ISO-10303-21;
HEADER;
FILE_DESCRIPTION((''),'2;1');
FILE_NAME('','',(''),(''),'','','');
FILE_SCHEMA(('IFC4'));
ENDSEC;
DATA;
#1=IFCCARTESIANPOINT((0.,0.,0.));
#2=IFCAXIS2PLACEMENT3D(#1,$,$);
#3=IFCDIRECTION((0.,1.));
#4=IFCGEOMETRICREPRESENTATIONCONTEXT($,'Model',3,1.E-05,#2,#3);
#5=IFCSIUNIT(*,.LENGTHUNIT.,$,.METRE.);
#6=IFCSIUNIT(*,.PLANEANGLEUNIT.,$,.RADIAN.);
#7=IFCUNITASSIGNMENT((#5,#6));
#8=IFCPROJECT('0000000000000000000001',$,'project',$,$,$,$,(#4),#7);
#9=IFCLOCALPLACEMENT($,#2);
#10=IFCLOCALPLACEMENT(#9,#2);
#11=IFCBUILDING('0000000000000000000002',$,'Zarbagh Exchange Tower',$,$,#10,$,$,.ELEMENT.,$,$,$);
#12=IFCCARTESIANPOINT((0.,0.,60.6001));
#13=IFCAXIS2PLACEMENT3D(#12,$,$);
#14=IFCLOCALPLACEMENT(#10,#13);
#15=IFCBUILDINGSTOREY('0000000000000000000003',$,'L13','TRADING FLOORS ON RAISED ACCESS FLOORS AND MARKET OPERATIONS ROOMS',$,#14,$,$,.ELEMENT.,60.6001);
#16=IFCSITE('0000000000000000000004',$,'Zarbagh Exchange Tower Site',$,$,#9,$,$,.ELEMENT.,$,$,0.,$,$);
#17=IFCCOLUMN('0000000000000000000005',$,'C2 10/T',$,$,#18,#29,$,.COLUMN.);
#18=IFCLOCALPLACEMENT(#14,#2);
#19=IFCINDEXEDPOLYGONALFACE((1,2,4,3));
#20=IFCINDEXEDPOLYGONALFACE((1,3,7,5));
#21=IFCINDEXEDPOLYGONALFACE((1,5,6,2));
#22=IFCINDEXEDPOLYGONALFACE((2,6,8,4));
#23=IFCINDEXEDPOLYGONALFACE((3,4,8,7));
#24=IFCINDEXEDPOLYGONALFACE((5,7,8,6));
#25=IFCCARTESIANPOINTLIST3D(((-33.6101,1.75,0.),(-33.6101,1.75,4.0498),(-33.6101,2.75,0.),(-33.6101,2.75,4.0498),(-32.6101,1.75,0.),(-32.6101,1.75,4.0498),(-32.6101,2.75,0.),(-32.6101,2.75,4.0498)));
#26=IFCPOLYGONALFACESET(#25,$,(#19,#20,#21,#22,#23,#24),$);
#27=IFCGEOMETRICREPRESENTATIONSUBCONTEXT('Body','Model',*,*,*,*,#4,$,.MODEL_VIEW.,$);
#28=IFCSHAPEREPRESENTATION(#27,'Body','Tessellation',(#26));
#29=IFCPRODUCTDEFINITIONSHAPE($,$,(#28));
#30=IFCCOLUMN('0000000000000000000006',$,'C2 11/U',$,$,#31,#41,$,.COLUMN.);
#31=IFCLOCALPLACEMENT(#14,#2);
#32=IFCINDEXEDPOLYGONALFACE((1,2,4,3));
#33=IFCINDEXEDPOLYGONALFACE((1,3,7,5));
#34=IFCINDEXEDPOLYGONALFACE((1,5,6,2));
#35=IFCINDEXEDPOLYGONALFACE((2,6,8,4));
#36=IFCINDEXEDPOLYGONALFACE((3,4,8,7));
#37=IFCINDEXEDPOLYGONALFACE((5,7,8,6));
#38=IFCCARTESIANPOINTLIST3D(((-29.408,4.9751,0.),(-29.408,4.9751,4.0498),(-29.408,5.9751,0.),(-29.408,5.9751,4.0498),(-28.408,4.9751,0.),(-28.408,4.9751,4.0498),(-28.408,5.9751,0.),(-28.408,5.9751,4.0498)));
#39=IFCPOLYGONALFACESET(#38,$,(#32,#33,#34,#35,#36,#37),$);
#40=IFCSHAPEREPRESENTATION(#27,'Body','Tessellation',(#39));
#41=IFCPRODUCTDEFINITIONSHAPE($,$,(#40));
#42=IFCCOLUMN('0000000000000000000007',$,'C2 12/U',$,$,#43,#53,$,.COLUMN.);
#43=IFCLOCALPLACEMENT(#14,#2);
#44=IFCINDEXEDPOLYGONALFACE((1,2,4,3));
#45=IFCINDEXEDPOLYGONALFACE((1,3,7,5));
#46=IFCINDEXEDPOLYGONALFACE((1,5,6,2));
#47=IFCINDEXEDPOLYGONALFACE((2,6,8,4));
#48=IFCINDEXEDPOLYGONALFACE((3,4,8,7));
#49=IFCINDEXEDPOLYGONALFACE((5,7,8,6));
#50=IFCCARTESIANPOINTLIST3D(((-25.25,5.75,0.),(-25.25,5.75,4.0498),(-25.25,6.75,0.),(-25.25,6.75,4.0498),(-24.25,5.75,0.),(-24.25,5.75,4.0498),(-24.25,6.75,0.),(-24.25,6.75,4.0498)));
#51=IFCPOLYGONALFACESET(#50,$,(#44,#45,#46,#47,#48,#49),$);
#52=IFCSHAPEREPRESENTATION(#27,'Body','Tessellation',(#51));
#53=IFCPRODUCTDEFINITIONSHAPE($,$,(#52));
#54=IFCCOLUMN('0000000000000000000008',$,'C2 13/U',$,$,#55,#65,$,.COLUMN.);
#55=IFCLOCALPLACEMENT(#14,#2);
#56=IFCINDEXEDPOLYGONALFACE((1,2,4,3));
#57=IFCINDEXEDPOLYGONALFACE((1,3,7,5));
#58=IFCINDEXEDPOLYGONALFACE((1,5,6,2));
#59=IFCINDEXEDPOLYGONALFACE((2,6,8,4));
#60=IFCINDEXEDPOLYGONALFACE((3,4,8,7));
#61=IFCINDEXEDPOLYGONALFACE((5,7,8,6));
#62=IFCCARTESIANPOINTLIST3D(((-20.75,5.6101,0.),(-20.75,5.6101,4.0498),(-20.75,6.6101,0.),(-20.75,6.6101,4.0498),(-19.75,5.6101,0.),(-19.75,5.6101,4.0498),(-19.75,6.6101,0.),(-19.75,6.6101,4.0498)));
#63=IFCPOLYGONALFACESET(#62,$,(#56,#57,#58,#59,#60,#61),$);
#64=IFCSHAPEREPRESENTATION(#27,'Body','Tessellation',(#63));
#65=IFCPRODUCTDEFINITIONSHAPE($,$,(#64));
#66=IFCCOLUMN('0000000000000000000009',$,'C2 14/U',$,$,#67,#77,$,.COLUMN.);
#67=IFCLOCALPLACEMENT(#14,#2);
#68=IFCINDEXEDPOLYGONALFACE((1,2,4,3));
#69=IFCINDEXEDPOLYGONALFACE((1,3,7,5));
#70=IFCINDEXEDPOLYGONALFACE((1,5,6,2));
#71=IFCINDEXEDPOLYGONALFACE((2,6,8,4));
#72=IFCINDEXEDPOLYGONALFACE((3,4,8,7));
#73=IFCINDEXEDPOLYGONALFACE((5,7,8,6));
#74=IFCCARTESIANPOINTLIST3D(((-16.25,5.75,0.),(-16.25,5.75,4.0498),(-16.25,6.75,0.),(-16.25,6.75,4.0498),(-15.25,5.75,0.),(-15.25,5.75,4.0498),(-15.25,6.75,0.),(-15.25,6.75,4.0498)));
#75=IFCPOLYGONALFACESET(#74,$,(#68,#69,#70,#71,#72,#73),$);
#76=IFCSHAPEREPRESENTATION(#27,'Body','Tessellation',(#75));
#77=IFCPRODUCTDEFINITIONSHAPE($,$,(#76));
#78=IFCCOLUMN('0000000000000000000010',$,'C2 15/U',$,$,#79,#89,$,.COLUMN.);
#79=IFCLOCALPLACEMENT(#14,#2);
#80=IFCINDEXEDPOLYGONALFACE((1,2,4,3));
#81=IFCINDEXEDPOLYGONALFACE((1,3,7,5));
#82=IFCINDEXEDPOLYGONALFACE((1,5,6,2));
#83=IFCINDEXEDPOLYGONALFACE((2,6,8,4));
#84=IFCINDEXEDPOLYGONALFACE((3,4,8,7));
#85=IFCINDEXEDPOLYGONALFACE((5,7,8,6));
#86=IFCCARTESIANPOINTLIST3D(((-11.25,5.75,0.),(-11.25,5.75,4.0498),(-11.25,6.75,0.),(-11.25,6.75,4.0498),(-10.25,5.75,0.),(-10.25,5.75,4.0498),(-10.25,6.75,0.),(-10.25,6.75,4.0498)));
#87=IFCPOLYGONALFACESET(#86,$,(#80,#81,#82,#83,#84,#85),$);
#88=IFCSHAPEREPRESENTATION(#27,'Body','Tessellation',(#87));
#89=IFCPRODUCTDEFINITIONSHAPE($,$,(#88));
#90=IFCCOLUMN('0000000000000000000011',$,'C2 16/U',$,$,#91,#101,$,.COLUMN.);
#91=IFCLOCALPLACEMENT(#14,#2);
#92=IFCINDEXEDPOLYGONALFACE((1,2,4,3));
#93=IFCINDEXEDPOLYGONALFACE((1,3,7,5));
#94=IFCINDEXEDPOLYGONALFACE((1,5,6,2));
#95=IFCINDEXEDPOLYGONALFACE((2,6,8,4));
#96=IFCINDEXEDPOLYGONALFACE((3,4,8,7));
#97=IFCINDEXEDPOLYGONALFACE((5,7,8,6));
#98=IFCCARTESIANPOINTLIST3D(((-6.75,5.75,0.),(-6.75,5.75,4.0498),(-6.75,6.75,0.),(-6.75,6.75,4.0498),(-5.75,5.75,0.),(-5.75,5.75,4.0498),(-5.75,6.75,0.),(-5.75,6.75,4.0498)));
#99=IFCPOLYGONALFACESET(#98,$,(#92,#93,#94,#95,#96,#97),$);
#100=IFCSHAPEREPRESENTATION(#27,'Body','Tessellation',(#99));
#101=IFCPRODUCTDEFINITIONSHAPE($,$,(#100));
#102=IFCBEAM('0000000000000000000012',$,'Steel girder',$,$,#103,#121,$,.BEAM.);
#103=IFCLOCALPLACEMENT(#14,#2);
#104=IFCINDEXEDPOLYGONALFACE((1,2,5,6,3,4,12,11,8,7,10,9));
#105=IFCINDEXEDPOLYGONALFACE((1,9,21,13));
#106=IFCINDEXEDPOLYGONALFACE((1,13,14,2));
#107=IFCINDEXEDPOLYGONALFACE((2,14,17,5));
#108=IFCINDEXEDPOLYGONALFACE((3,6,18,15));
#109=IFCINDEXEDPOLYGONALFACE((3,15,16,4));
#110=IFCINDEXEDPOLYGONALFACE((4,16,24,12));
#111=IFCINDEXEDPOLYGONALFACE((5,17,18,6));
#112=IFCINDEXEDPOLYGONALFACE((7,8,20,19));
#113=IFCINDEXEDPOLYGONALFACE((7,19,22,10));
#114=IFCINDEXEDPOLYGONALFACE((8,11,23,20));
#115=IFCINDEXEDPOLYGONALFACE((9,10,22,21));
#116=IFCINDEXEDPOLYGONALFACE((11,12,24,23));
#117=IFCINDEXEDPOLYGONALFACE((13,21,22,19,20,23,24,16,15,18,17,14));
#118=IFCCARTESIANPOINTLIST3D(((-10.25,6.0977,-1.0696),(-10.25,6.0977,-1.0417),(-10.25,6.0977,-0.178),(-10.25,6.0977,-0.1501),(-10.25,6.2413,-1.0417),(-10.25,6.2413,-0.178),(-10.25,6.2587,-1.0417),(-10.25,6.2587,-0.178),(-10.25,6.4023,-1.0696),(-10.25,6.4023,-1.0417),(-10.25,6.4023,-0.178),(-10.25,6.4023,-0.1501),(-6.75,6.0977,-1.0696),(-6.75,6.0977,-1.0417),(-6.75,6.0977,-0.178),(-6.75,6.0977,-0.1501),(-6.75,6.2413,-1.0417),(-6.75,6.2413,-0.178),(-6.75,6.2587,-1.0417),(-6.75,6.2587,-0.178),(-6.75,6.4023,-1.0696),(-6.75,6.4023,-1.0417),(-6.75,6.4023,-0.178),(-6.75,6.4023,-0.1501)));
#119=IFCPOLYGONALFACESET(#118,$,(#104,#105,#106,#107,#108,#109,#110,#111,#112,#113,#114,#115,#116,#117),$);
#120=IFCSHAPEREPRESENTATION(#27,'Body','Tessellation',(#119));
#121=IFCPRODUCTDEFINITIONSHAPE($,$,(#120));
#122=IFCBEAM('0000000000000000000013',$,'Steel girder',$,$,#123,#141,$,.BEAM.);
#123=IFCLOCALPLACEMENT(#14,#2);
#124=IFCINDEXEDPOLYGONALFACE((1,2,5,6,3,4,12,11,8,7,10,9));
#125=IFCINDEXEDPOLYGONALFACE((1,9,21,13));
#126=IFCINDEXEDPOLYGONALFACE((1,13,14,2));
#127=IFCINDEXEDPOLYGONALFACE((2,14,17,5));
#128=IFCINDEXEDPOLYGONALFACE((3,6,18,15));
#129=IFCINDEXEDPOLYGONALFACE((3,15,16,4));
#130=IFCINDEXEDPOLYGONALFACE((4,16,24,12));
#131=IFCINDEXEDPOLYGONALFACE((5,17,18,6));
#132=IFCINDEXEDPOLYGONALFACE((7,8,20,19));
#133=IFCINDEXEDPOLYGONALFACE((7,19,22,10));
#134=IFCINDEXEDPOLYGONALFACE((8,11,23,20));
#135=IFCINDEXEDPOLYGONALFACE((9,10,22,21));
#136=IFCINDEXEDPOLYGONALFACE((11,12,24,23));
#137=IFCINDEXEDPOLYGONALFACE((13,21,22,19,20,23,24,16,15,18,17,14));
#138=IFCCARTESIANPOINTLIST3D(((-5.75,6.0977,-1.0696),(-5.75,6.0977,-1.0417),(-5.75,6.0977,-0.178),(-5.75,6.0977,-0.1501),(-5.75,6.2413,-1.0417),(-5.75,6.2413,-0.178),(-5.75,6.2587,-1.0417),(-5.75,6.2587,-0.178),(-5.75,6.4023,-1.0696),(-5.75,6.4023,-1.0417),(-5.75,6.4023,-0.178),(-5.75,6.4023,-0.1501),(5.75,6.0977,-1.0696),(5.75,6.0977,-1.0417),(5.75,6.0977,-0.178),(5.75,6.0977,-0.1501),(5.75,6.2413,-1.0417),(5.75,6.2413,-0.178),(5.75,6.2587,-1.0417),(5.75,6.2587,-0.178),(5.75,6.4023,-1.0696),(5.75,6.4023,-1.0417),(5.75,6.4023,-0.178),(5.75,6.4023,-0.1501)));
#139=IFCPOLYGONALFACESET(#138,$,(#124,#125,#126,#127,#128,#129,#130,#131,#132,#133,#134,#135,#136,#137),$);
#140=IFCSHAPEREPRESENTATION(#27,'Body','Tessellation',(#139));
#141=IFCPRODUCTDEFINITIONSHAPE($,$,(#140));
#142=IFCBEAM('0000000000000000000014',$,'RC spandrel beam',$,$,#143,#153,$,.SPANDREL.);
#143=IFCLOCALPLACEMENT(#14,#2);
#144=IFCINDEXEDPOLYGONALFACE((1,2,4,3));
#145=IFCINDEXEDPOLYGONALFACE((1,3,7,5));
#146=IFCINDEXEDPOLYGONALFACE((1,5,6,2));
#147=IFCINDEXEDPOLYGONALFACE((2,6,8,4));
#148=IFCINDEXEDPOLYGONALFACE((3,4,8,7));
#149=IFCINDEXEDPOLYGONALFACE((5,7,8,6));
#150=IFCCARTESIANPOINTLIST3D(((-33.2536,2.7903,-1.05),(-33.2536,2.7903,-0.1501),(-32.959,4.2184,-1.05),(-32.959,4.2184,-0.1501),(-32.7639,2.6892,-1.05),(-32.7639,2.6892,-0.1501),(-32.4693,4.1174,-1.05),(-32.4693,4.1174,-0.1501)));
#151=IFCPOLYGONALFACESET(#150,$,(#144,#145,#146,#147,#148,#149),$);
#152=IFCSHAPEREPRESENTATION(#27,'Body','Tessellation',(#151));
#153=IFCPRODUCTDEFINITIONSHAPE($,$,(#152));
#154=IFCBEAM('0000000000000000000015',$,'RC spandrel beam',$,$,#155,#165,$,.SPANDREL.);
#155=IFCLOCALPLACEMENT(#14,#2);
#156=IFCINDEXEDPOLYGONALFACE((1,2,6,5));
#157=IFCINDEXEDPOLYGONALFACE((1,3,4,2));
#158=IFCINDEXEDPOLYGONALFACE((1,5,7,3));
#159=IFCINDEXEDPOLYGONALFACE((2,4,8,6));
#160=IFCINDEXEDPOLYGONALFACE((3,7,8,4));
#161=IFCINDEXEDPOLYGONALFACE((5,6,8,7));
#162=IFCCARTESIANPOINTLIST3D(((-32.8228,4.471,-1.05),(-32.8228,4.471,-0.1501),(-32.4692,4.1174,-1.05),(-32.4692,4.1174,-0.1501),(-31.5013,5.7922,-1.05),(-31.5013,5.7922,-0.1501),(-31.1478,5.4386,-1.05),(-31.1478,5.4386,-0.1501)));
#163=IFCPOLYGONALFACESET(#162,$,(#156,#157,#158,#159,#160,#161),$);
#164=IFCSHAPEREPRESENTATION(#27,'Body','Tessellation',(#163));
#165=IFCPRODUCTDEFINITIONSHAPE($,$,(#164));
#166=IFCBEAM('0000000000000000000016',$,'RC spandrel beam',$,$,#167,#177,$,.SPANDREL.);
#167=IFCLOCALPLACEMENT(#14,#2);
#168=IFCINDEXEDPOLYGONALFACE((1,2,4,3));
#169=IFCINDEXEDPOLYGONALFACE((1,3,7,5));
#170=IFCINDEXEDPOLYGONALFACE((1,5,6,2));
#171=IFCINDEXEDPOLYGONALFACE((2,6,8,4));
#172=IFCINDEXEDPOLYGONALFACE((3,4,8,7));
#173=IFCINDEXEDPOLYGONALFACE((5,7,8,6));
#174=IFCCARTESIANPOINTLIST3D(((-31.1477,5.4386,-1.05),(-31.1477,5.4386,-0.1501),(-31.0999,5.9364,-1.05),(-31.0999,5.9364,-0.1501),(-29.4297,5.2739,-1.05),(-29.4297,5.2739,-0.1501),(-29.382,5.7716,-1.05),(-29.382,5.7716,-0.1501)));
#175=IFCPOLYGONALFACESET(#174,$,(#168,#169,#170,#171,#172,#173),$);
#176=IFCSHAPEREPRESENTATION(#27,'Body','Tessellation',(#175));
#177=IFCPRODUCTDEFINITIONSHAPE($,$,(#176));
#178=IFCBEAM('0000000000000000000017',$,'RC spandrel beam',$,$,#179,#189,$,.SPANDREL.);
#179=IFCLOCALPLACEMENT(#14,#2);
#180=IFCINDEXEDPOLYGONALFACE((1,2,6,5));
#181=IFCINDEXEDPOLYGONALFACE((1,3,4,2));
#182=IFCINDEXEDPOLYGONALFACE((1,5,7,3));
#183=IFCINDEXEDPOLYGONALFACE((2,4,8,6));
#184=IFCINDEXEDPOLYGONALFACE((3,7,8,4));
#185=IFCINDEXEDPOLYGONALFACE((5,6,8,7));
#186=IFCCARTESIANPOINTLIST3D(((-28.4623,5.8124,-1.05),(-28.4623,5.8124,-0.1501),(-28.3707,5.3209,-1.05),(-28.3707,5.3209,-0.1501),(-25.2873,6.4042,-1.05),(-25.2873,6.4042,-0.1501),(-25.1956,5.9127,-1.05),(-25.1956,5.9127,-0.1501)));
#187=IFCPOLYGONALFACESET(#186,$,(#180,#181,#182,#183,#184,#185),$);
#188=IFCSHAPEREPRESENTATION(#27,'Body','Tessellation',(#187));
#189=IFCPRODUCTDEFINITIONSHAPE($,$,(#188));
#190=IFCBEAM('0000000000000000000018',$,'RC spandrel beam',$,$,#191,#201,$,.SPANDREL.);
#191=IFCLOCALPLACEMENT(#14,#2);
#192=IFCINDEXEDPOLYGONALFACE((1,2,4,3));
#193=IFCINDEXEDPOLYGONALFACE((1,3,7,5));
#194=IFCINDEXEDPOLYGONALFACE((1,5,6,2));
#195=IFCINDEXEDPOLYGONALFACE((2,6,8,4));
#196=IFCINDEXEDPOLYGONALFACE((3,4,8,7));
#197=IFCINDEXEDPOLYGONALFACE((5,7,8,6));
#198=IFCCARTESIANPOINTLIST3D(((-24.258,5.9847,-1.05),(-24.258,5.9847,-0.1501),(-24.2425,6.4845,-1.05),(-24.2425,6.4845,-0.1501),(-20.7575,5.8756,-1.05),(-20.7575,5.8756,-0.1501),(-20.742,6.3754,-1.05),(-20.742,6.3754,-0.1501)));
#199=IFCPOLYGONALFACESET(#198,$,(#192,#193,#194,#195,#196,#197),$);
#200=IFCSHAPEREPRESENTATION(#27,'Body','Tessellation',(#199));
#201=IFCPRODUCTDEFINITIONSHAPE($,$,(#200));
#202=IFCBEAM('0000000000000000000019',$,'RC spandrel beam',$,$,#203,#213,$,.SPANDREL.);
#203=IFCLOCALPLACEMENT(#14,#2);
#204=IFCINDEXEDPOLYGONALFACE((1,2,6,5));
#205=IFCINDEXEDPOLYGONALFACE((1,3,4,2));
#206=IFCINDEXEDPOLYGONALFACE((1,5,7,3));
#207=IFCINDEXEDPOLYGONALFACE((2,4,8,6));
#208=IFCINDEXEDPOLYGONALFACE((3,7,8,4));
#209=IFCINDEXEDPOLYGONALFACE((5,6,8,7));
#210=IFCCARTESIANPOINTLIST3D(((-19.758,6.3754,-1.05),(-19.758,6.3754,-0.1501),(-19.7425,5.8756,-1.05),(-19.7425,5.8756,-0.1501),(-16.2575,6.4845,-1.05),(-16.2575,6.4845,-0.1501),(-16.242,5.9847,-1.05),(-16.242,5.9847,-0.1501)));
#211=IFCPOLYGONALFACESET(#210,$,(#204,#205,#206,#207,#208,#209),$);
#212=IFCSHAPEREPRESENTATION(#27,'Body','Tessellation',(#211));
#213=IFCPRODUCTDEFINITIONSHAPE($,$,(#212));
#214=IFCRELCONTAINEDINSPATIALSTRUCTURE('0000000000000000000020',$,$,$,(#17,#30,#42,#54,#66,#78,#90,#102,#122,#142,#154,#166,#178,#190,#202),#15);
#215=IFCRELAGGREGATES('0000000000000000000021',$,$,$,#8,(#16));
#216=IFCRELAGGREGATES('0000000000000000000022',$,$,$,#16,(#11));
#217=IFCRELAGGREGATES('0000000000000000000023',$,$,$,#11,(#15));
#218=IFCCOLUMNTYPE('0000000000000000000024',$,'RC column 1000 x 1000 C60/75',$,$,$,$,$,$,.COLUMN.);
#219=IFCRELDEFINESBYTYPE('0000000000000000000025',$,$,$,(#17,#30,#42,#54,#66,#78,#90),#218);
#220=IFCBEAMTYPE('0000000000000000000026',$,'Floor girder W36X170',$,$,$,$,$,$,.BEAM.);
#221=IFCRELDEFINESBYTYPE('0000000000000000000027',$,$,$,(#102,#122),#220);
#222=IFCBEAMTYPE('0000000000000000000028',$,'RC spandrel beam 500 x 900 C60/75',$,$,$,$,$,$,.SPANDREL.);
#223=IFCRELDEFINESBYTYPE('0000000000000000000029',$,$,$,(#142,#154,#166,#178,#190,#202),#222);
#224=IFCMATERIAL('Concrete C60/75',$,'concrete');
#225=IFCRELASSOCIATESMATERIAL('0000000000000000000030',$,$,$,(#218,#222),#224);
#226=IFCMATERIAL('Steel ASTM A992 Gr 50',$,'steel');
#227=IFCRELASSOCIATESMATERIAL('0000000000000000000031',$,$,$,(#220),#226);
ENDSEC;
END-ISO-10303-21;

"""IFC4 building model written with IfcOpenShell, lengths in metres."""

from ifc_helpers import new_model, si_unit, direction, frame, origin, origin_2d, place, context, subcontext, project, spatial, rectangle, i_section, extrude, material, material_profile, profile_set, type_object, element, save


model = new_model("IFC4")

# Units and contexts
model_context = context("Model", 3, precision=1e-05, world=origin(), true_north=direction((0.0, 1.0)))
body_context = subcontext(model_context, "Body", "Model", "MODEL_VIEW")
ifc_project = project(units=[si_unit("LENGTHUNIT", "METRE"), si_unit("PLANEANGLEUNIT", "RADIAN")], contexts=[model_context])

# Site, building, storey
site_placement = place(None, origin())
site = spatial("IfcSite", under=ifc_project, at=site_placement, Name="Zarbagh Exchange Tower Site", CompositionType="ELEMENT", RefElevation=0.0)
building_placement = place(site_placement, origin())
building = spatial("IfcBuilding", under=site, at=building_placement, Name="Zarbagh Exchange Tower", CompositionType="ELEMENT")
storey_placement = place(building_placement, frame((0.0, 0.0, 60.6001)))
storey = spatial("IfcBuildingStorey", under=building, at=storey_placement, Name="L13", Description="TRADING FLOORS ON RAISED ACCESS FLOORS AND MARKET OPERATIONS ROOMS", CompositionType="ELEMENT", Elevation=60.6001)

# Columns
ifc_material_1 = material(Name="Concrete C60/75", Category="concrete")
ifc_material_profile_1 = material_profile(ifc_material_1, rectangle(XDim=1.0, YDim=1.0, at=origin_2d()), Name="RC column 1000 x 1000 C60/75")
ifc_profile_set_1 = profile_set([ifc_material_profile_1], Name="Concrete C60/75")
column_type = type_object("IfcColumnType", Name="RC column 1000 x 1000 C60/75", PredefinedType="COLUMN", material=ifc_profile_set_1)
for number, where, z_axis, x_axis, name in (
    (1, (-33.1101, 2.25, 0.0), (0.0, 0.0, 1.0), (1.0, 0.0, 0.0), "C2 10/T"),
    (2, (-28.908, 5.4751, 0.0), (0.0, 0.0, 1.0), (1.0, 0.0, 0.0), "C2 11/U"),
    (3, (-24.75, 6.25, 0.0), (0.0, 0.0, 1.0), (1.0, 0.0, 0.0), "C2 12/U"),
    (4, (-20.25, 6.1101, 0.0), (0.0, 0.0, 1.0), (1.0, 0.0, 0.0), "C2 13/U"),
    (5, (-15.75, 6.25, 0.0), (0.0, 0.0, 1.0), (1.0, 0.0, 0.0), "C2 14/U"),
    (6, (-10.75, 6.25, 0.0), (0.0, 0.0, 1.0), (1.0, 0.0, 0.0), "C2 15/U"),
    (7, (-6.25, 6.25, 0.0), (0.0, 0.0, 1.0), (1.0, 0.0, 0.0), "C2 16/U"),
):
    element("IfcColumn", number, at=place(storey_placement, frame(where, z_axis=z_axis, x_axis=x_axis)), inside=storey, type_object=column_type, Name=name, PredefinedType="COLUMN", context=body_context, shape_type="SweptSolid", body=[
        extrude(rectangle(XDim=1.0, YDim=1.0, at=origin_2d()), origin(), (0.0, 0.0, 1.0), 4.0498),
    ])

# Beams
ifc_material_2 = material(Name="Steel ASTM A992 Gr 50", Category="steel")
ifc_material_profile_2 = material_profile(ifc_material_2, i_section(OverallWidth=0.3047, OverallDepth=0.9194, WebThickness=0.0173, FlangeThickness=0.0278, at=origin_2d()), Name="W36X170")
ifc_profile_set_2 = profile_set([ifc_material_profile_2], Name="Steel ASTM A992 Gr 50")
beam_type_1 = type_object("IfcBeamType", Name="Floor girder W36X170", PredefinedType="BEAM", material=ifc_profile_set_2)
beam_1_placement = place(storey_placement, frame((-10.25, 6.25, -0.6099), z_axis=(1.0, 0.0, 0.0), x_axis=(0.0, 1.0, 0.0)))
element("IfcBeam", 8, at=beam_1_placement, inside=storey, type_object=beam_type_1, Name="Steel girder", PredefinedType="BEAM", context=body_context, shape_type="SweptSolid", body=[
    extrude(i_section(OverallWidth=0.3047, OverallDepth=0.9194, WebThickness=0.0173, FlangeThickness=0.0278, at=origin_2d()), origin(), (0.0, 0.0, 1.0), 3.5),
])
beam_2_placement = place(storey_placement, frame((-5.75, 6.25, -0.6099), z_axis=(1.0, 0.0, 0.0), x_axis=(0.0, 1.0, 0.0)))
element("IfcBeam", 9, at=beam_2_placement, inside=storey, type_object=beam_type_1, Name="Steel girder", PredefinedType="BEAM", context=body_context, shape_type="SweptSolid", body=[
    extrude(i_section(OverallWidth=0.3047, OverallDepth=0.9194, WebThickness=0.0173, FlangeThickness=0.0278, at=origin_2d()), origin(), (0.0, 0.0, 1.0), 11.5),
])
ifc_material_profile_3 = material_profile(ifc_material_1, rectangle(XDim=0.5, YDim=0.8999, at=origin_2d()), Name="RC spandrel beam 500 x 900 C60/75")
ifc_profile_set_3 = profile_set([ifc_material_profile_3], Name="Concrete C60/75")
beam_type_2 = type_object("IfcBeamType", Name="RC spandrel beam 500 x 900 C60/75", PredefinedType="SPANDREL", material=ifc_profile_set_3)
beam_3_placement = place(storey_placement, frame((-33.0088, 2.7397, -0.6001), z_axis=(0.202069, 0.979371, 0.0), x_axis=(-0.979371, 0.202069, 0.0)))
element("IfcBeam", 10, at=beam_3_placement, inside=storey, type_object=beam_type_2, Name="RC spandrel beam", PredefinedType="SPANDREL", context=body_context, shape_type="SweptSolid", body=[
    extrude(rectangle(XDim=0.5, YDim=0.8999, at=origin_2d()), origin(), (0.0, 0.0, 1.0), 1.4583),
])
beam_4_placement = place(storey_placement, frame((-32.646, 4.2942, -0.6001), z_axis=(0.707172, 0.707041, 0.0), x_axis=(-0.707041, 0.707172, 0.0)))
element("IfcBeam", 11, at=beam_4_placement, inside=storey, type_object=beam_type_2, Name="RC spandrel beam", PredefinedType="SPANDREL", context=body_context, shape_type="SweptSolid", body=[
    extrude(rectangle(XDim=0.5, YDim=0.8999, at=origin_2d()), origin(), (0.0, 0.0, 1.0), 1.8687),
])
beam_5_placement = place(storey_placement, frame((-31.1238, 5.6875, -0.6001), z_axis=(0.995431, -0.095483, 0.0), x_axis=(0.095483, 0.995431, 0.0)))
element("IfcBeam", 12, at=beam_5_placement, inside=storey, type_object=beam_type_2, Name="RC spandrel beam", PredefinedType="SPANDREL", context=body_context, shape_type="SweptSolid", body=[
    extrude(rectangle(XDim=0.5, YDim=0.8999, at=origin_2d()), origin(), (0.0, 0.0, 1.0), 1.7258),
])
beam_6_placement = place(storey_placement, frame((-28.4165, 5.5667, -0.6001), z_axis=(0.983069, 0.183234, 0.0), x_axis=(-0.183234, 0.983069, 0.0)))
element("IfcBeam", 13, at=beam_6_placement, inside=storey, type_object=beam_type_2, Name="RC spandrel beam", PredefinedType="SPANDREL", context=body_context, shape_type="SweptSolid", body=[
    extrude(rectangle(XDim=0.5, YDim=0.8999, at=origin_2d()), origin(), (0.0, 0.0, 1.0), 3.2297),
])
for number, where, z_axis, x_axis, name in (
    (14, (-24.2502, 6.2346, -0.6001), (0.999514, -0.031161, 0.0), (0.031161, 0.999514, 0.0), "RC spandrel beam"),
    (15, (-19.7502, 6.1255, -0.6001), (0.999514, 0.031161, 0.0), (-0.031161, 0.999514, 0.0), "RC spandrel beam"),
):
    element("IfcBeam", number, at=place(storey_placement, frame(where, z_axis=z_axis, x_axis=x_axis)), inside=storey, type_object=beam_type_2, Name=name, PredefinedType="SPANDREL", context=body_context, shape_type="SweptSolid", body=[
        extrude(rectangle(XDim=0.5, YDim=0.8999, at=origin_2d()), origin(), (0.0, 0.0, 1.0), 3.5022),
    ])

save(model, "model.ifc")
